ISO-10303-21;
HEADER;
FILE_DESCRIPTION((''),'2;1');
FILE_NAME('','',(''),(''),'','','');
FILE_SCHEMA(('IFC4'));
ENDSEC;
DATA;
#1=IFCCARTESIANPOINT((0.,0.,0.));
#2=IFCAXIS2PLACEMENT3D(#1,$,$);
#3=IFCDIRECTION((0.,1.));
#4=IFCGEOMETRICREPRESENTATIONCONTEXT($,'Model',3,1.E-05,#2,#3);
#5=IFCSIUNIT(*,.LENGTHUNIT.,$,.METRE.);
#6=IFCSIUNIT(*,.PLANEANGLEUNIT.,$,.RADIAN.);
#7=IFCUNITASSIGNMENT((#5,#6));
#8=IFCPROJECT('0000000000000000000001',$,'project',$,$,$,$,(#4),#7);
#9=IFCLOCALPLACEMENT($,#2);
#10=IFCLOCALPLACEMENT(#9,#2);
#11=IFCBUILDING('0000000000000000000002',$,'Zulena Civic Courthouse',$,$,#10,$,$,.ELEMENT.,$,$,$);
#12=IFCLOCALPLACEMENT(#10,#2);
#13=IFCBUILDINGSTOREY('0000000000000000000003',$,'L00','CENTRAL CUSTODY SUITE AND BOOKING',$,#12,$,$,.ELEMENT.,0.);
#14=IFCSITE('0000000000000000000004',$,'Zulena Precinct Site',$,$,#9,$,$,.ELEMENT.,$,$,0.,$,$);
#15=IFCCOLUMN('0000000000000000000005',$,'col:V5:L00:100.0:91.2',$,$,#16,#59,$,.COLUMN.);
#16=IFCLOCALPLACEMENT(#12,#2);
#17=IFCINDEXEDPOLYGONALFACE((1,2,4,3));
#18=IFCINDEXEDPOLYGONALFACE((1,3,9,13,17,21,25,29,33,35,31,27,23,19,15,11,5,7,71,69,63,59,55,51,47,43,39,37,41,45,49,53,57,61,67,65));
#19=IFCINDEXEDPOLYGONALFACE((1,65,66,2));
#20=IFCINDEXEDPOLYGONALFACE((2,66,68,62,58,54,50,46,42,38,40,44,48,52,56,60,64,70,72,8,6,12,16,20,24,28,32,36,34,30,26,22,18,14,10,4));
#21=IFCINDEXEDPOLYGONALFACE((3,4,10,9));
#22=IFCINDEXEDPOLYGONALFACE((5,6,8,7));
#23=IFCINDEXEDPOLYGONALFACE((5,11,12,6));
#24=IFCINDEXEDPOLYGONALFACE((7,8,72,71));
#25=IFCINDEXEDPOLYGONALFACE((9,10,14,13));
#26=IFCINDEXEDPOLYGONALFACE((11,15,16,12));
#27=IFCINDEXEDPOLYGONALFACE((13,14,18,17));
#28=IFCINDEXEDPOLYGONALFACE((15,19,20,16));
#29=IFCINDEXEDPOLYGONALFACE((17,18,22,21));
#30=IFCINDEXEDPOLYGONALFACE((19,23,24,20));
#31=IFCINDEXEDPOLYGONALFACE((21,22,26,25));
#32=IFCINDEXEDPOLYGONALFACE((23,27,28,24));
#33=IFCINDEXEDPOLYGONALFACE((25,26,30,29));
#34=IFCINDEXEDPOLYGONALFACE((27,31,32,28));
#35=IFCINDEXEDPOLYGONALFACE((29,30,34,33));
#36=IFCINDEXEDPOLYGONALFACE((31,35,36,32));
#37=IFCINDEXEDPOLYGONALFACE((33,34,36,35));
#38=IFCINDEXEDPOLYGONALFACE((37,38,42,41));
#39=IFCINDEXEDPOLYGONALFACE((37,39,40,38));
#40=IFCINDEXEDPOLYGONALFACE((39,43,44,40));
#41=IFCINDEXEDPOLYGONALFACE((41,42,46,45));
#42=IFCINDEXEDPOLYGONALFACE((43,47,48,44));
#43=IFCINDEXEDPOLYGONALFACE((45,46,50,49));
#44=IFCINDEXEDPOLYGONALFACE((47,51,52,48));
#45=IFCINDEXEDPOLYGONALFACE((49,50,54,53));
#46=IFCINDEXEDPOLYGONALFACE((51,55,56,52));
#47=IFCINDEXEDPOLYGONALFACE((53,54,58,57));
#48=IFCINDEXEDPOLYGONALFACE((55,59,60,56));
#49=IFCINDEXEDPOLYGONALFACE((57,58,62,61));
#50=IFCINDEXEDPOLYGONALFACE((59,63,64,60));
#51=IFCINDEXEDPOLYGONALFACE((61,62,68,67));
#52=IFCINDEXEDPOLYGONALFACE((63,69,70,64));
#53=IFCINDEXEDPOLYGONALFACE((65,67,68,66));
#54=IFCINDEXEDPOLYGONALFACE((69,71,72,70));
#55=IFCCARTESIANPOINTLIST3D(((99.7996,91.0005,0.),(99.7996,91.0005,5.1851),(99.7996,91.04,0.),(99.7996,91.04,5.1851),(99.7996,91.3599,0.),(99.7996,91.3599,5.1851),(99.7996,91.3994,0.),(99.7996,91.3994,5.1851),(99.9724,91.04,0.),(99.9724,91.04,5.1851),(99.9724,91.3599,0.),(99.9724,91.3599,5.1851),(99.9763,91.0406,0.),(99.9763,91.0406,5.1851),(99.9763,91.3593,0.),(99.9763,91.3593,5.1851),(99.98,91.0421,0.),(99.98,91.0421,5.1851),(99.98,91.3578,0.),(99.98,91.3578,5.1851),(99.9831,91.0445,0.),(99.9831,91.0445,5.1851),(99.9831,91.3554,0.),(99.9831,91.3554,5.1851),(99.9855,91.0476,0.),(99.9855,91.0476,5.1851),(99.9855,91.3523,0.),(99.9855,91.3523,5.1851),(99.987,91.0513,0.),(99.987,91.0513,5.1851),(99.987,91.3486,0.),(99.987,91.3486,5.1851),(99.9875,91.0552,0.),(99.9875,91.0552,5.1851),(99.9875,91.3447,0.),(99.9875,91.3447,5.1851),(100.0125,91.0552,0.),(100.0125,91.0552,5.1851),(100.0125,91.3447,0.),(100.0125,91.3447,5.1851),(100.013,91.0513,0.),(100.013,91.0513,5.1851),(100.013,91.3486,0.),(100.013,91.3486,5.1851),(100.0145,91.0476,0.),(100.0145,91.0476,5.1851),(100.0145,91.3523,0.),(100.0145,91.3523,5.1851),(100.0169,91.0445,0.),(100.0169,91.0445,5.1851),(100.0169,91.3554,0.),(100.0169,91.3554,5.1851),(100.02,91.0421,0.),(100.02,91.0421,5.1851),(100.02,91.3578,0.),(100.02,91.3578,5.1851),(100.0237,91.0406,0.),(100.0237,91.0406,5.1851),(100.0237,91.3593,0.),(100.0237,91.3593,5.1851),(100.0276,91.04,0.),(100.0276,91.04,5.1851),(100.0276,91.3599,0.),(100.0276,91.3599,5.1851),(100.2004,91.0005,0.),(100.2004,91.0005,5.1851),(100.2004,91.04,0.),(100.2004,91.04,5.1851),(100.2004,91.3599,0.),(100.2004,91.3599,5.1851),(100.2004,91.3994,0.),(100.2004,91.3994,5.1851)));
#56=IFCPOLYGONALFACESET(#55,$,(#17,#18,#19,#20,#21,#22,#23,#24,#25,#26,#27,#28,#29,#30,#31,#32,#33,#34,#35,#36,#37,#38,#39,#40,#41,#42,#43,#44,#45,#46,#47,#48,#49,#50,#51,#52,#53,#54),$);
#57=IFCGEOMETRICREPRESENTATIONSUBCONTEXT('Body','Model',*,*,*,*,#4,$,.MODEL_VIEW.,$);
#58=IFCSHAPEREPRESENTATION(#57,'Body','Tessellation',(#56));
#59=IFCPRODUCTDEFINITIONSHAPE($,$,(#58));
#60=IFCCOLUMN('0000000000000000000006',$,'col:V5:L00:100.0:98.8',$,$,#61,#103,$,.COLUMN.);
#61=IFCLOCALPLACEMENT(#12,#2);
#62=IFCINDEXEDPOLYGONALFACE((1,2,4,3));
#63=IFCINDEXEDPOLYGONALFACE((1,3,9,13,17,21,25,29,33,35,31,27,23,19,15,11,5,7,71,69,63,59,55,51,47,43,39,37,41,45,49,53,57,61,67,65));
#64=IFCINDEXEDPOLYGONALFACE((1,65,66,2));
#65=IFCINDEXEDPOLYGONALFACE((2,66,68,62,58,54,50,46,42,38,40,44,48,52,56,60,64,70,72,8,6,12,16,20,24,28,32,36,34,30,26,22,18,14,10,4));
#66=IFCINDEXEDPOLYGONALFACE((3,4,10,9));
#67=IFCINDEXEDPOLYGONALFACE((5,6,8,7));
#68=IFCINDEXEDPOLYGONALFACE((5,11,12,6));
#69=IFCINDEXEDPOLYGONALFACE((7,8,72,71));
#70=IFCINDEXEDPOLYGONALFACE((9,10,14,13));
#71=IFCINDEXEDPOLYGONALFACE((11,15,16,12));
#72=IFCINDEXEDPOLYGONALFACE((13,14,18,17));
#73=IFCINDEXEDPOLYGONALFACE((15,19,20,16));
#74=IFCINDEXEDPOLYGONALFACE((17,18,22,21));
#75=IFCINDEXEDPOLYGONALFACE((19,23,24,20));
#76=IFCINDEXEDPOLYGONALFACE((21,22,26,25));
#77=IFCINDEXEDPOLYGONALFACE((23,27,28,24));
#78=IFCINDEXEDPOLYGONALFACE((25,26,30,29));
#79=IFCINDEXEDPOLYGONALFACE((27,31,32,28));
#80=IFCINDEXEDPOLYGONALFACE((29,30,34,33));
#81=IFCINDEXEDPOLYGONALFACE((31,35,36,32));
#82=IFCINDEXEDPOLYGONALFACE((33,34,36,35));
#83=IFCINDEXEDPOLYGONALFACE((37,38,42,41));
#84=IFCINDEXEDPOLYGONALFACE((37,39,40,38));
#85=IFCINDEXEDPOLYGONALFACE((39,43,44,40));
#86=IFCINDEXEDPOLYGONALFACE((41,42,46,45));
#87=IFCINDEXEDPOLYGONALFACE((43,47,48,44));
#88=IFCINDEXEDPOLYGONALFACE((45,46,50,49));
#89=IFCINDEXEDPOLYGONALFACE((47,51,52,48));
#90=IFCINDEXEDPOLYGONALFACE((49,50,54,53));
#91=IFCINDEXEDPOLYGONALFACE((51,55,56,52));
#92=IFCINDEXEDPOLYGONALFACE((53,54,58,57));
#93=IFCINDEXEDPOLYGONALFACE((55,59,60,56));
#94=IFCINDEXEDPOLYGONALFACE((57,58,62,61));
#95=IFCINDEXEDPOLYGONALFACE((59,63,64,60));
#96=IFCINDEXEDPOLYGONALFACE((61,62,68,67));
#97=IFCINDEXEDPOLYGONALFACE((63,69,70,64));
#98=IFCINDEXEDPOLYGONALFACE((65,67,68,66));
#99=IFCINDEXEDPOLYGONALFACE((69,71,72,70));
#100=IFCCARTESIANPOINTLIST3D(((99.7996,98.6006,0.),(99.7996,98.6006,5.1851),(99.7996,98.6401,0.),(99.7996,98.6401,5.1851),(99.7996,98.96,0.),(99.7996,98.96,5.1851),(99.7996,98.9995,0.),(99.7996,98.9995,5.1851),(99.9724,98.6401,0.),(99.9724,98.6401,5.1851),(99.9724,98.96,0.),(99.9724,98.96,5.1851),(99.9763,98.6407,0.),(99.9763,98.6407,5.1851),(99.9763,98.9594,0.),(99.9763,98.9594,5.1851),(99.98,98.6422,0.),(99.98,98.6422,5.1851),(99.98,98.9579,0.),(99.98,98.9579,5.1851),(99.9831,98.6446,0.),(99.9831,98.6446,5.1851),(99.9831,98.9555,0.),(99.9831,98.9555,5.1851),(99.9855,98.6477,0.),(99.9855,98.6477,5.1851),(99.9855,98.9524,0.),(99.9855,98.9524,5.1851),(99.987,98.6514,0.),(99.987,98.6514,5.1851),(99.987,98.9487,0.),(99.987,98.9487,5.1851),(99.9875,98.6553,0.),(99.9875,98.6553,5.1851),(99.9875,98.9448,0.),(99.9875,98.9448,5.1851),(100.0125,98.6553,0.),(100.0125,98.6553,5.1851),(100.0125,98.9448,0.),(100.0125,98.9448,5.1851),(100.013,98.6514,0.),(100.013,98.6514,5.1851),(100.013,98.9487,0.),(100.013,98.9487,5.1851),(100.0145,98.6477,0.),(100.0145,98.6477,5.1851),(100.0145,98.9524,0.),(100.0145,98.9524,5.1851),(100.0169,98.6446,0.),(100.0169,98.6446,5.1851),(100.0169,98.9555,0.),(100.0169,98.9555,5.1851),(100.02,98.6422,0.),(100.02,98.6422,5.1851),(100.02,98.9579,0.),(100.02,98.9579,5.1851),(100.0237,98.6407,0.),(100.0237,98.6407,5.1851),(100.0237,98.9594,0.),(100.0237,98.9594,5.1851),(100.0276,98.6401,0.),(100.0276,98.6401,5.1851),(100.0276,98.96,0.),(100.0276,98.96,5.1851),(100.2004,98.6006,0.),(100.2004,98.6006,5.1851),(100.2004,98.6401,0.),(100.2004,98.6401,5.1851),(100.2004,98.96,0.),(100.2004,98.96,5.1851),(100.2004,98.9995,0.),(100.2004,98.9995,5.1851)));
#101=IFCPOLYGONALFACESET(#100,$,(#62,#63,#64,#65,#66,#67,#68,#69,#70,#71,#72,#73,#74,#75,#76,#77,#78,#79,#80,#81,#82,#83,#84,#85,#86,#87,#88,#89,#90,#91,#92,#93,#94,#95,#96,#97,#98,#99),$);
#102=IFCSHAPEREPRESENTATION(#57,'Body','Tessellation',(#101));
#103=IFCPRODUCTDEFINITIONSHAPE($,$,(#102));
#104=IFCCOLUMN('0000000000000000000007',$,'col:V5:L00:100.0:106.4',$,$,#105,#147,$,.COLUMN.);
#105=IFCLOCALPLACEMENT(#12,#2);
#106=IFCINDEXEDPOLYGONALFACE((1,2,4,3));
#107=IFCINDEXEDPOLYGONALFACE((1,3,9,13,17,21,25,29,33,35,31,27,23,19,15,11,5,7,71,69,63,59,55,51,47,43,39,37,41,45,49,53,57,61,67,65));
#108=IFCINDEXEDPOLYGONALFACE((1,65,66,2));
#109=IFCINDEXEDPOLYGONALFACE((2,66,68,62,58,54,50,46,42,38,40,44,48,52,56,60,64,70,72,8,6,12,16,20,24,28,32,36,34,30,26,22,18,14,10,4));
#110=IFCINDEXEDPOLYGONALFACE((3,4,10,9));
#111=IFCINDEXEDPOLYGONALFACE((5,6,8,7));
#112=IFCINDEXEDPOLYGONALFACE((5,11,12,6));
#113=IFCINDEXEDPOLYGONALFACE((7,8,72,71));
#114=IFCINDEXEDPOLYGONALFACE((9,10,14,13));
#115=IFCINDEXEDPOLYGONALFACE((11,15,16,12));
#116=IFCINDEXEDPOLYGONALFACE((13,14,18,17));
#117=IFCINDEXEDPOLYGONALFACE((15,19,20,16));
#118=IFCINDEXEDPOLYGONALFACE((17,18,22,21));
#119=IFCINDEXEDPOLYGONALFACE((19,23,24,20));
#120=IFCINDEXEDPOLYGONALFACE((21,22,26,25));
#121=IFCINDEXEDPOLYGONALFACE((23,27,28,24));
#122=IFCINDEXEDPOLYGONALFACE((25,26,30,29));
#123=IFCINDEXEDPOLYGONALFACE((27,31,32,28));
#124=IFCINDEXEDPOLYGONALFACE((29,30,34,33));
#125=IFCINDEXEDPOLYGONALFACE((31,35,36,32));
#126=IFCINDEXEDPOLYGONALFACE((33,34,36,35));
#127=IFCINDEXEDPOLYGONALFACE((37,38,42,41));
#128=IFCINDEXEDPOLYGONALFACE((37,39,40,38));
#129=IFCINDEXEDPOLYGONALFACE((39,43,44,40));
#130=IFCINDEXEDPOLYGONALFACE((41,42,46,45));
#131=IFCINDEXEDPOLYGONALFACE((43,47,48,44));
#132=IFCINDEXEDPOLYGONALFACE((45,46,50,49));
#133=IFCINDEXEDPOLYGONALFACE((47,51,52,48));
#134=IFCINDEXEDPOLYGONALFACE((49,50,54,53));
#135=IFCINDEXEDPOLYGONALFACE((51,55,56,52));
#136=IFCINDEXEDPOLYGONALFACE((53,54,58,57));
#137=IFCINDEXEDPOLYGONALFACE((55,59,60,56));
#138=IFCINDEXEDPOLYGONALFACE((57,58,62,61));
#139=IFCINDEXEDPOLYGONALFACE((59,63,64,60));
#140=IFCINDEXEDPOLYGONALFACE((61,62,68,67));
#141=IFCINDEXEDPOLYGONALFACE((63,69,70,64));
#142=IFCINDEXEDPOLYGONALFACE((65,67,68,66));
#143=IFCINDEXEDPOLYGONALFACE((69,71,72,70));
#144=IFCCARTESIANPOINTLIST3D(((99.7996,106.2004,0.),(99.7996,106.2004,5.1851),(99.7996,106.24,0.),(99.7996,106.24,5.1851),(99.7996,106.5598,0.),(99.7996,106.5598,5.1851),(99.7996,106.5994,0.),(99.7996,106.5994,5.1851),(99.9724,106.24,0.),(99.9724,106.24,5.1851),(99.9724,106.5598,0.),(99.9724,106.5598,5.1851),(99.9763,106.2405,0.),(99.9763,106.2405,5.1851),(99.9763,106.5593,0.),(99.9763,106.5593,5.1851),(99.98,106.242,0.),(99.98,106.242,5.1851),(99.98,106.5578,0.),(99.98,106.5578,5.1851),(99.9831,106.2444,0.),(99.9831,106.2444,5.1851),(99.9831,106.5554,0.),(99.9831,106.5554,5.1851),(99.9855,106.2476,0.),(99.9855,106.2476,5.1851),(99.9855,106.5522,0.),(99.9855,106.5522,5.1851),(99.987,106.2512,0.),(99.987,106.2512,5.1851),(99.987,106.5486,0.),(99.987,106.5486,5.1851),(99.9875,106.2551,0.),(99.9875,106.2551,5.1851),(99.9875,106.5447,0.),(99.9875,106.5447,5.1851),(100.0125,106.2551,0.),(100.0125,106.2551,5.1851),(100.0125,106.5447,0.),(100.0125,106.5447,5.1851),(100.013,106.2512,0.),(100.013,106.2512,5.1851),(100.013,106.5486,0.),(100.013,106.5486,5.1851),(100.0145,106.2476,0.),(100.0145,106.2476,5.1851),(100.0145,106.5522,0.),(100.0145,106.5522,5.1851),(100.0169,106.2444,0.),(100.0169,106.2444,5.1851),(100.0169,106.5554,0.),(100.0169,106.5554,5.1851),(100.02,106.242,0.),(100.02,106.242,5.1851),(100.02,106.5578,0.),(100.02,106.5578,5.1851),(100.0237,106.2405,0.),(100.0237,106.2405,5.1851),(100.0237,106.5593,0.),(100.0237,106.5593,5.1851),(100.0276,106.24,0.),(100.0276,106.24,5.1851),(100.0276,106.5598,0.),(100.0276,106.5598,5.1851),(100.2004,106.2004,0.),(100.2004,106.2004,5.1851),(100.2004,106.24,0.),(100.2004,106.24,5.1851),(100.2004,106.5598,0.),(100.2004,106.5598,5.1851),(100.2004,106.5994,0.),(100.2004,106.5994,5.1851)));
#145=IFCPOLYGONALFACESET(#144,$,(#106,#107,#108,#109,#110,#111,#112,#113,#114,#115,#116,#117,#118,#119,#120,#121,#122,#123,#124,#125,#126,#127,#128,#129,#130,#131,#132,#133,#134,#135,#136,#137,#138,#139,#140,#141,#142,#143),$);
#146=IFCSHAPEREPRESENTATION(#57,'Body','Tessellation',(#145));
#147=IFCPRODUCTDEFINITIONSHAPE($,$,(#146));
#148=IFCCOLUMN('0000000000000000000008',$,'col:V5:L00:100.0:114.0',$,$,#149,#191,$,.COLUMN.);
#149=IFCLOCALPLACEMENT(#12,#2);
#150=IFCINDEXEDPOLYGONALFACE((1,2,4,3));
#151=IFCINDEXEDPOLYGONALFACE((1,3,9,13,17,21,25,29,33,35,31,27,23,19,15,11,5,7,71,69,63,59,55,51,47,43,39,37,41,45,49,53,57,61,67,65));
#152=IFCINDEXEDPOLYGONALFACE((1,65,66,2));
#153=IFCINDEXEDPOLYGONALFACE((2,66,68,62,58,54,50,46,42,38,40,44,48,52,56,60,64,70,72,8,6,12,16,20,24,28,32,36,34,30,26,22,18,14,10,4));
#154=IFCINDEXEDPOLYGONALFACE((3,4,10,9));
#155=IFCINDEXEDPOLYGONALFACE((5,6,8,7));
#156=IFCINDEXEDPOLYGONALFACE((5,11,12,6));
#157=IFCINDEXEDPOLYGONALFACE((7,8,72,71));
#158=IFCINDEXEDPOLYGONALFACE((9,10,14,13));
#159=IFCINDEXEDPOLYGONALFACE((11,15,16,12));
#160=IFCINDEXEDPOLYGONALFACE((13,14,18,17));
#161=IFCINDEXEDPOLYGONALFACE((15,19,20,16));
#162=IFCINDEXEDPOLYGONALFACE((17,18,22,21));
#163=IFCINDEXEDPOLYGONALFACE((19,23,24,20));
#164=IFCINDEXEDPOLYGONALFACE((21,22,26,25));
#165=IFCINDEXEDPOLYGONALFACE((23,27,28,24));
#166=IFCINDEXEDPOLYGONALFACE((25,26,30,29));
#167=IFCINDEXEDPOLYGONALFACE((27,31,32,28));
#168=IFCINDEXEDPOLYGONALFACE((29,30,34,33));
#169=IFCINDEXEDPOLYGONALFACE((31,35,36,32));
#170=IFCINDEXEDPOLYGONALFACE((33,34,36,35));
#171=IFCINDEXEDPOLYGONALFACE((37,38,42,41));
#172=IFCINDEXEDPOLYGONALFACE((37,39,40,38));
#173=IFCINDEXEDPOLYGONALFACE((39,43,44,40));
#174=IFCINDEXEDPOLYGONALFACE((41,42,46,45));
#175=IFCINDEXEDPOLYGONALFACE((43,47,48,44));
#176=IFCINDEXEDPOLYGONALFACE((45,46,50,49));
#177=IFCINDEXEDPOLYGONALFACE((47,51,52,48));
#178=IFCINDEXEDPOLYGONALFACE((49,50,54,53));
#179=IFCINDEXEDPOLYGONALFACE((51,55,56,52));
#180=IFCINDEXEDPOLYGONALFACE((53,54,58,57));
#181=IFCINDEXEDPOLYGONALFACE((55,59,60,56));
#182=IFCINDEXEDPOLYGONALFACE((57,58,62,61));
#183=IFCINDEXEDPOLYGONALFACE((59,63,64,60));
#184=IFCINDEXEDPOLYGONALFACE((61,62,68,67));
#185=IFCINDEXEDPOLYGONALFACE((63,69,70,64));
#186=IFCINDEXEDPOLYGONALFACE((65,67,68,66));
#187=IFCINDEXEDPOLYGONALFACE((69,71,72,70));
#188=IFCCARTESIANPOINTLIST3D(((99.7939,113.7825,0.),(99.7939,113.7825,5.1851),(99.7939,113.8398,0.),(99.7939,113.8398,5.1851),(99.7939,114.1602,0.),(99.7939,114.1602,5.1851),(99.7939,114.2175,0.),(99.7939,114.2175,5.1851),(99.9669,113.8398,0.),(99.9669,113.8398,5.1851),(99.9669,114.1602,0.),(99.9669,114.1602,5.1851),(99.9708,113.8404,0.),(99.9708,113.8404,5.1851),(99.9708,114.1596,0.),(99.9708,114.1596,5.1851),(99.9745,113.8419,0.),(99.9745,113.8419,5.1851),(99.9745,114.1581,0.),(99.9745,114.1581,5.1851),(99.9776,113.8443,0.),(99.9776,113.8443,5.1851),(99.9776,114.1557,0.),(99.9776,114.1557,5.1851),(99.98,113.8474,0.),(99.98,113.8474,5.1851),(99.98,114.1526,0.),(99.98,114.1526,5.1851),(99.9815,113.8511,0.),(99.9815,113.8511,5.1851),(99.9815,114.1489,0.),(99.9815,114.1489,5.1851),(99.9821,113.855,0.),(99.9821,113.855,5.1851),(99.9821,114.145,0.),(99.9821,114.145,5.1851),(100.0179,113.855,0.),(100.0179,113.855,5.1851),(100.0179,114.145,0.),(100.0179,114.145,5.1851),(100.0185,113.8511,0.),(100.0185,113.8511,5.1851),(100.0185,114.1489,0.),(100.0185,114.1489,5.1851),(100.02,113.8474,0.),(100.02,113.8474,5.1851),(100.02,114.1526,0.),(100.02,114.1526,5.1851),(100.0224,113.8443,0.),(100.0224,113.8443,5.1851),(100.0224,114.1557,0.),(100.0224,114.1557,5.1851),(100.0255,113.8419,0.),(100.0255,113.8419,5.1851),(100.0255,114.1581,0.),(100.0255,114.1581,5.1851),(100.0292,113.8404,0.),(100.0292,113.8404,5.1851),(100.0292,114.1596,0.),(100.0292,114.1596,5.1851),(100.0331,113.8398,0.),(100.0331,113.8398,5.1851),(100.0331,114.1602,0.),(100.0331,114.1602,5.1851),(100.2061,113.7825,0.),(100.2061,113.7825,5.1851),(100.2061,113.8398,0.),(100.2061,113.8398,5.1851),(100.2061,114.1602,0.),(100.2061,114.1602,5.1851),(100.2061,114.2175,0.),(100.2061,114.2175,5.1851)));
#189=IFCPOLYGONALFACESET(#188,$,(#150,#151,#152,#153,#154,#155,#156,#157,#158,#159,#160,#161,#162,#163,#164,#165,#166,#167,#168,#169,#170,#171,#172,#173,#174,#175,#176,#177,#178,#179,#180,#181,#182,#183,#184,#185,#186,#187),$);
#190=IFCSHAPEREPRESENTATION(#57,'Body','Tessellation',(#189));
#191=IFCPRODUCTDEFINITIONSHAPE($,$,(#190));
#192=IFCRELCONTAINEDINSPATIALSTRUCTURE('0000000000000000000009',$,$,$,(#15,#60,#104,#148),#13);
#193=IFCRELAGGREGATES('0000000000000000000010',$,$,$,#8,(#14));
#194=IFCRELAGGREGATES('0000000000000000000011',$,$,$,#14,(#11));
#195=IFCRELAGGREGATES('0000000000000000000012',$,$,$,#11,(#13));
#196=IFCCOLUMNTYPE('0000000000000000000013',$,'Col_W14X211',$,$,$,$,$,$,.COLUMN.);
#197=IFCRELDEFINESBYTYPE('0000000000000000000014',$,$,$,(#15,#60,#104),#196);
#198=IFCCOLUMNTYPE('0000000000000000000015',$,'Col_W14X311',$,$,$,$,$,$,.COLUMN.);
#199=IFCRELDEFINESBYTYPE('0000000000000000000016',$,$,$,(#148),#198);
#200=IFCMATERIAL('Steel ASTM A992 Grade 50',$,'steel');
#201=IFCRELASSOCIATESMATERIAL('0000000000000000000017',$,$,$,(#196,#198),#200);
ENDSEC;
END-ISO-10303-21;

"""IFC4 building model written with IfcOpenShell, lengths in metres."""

from ifc_helpers import new_model, si_unit, direction, frame, origin, origin_2d, place, context, subcontext, project, spatial, i_section, extrude, material, material_profile, profile_set, type_object, element, save


model = new_model("IFC4")

# Units and contexts
model_context = context("Model", 3, precision=1e-05, world=origin(), true_north=direction((0.0, 1.0)))
body_context = subcontext(model_context, "Body", "Model", "MODEL_VIEW")
ifc_project = project(units=[si_unit("LENGTHUNIT", "METRE"), si_unit("PLANEANGLEUNIT", "RADIAN")], contexts=[model_context])

# Site, building, storey
site_placement = place(None, origin())
site = spatial("IfcSite", under=ifc_project, at=site_placement, Name="Zulena Precinct Site", CompositionType="ELEMENT", RefElevation=0.0)
building_placement = place(site_placement, origin())
building = spatial("IfcBuilding", under=site, at=building_placement, Name="Zulena Civic Courthouse", CompositionType="ELEMENT")
storey_placement = place(building_placement, origin())
storey = spatial("IfcBuildingStorey", under=building, at=storey_placement, Name="L00", Description="CENTRAL CUSTODY SUITE AND BOOKING", CompositionType="ELEMENT", Elevation=0.0)

# Columns
ifc_material_1 = material(Name="Steel ASTM A992 Grade 50", Category="steel")
ifc_material_profile_1 = material_profile(ifc_material_1, i_section(OverallWidth=0.4009, OverallDepth=0.3989, WebThickness=0.0249, FlangeThickness=0.0396, FilletRadius=0.0151, at=origin_2d()), Name="W14X211")
ifc_profile_set_1 = profile_set([ifc_material_profile_1], Name="Steel ASTM A992 Grade 50")
column_type_1 = type_object("IfcColumnType", Name="Col_W14X211", PredefinedType="COLUMN", material=ifc_profile_set_1)
for number, where, z_axis, x_axis, name in (
    (1, (100.0, 91.2, 0.0), (0.0, 0.0, 1.0), (1.0, 0.0, 0.0), "col:V5:L00:100.0:91.2"),
    (2, (100.0, 98.8, 0.0), (0.0, 0.0, 1.0), (1.0, 0.0, 0.0), "col:V5:L00:100.0:98.8"),
    (3, (100.0, 106.3999, 0.0), (0.0, 0.0, 1.0), (1.0, 0.0, 0.0), "col:V5:L00:100.0:106.4"),
):
    element("IfcColumn", number, at=place(storey_placement, frame(where, z_axis=z_axis, x_axis=x_axis)), inside=storey, type_object=column_type_1, Name=name, PredefinedType="COLUMN", context=body_context, shape_type="SweptSolid", body=[
        extrude(i_section(OverallWidth=0.4009, OverallDepth=0.3989, WebThickness=0.0249, FlangeThickness=0.0396, FilletRadius=0.0151, at=origin_2d()), origin(), (0.0, 0.0, 1.0), 5.1851),
    ])
ifc_material_profile_2 = material_profile(ifc_material_1, i_section(OverallWidth=0.4121, OverallDepth=0.4351, WebThickness=0.0359, FlangeThickness=0.0574, FilletRadius=0.0151, at=origin_2d()), Name="W14X311")
ifc_profile_set_2 = profile_set([ifc_material_profile_2], Name="Steel ASTM A992 Grade 50")
column_type_2 = type_object("IfcColumnType", Name="Col_W14X311", PredefinedType="COLUMN", material=ifc_profile_set_2)
for number, where, z_axis, x_axis, name in (
    (4, (100.0, 114.0, 0.0), (0.0, 0.0, 1.0), (1.0, 0.0, 0.0), "col:V5:L00:100.0:114.0"),
):
    element("IfcColumn", number, at=place(storey_placement, frame(where, z_axis=z_axis, x_axis=x_axis)), inside=storey, type_object=column_type_2, Name=name, PredefinedType="COLUMN", context=body_context, shape_type="SweptSolid", body=[
        extrude(i_section(OverallWidth=0.4121, OverallDepth=0.4351, WebThickness=0.0359, FlangeThickness=0.0574, FilletRadius=0.0151, at=origin_2d()), origin(), (0.0, 0.0, 1.0), 5.1851),
    ])

save(model, "model.ifc")
